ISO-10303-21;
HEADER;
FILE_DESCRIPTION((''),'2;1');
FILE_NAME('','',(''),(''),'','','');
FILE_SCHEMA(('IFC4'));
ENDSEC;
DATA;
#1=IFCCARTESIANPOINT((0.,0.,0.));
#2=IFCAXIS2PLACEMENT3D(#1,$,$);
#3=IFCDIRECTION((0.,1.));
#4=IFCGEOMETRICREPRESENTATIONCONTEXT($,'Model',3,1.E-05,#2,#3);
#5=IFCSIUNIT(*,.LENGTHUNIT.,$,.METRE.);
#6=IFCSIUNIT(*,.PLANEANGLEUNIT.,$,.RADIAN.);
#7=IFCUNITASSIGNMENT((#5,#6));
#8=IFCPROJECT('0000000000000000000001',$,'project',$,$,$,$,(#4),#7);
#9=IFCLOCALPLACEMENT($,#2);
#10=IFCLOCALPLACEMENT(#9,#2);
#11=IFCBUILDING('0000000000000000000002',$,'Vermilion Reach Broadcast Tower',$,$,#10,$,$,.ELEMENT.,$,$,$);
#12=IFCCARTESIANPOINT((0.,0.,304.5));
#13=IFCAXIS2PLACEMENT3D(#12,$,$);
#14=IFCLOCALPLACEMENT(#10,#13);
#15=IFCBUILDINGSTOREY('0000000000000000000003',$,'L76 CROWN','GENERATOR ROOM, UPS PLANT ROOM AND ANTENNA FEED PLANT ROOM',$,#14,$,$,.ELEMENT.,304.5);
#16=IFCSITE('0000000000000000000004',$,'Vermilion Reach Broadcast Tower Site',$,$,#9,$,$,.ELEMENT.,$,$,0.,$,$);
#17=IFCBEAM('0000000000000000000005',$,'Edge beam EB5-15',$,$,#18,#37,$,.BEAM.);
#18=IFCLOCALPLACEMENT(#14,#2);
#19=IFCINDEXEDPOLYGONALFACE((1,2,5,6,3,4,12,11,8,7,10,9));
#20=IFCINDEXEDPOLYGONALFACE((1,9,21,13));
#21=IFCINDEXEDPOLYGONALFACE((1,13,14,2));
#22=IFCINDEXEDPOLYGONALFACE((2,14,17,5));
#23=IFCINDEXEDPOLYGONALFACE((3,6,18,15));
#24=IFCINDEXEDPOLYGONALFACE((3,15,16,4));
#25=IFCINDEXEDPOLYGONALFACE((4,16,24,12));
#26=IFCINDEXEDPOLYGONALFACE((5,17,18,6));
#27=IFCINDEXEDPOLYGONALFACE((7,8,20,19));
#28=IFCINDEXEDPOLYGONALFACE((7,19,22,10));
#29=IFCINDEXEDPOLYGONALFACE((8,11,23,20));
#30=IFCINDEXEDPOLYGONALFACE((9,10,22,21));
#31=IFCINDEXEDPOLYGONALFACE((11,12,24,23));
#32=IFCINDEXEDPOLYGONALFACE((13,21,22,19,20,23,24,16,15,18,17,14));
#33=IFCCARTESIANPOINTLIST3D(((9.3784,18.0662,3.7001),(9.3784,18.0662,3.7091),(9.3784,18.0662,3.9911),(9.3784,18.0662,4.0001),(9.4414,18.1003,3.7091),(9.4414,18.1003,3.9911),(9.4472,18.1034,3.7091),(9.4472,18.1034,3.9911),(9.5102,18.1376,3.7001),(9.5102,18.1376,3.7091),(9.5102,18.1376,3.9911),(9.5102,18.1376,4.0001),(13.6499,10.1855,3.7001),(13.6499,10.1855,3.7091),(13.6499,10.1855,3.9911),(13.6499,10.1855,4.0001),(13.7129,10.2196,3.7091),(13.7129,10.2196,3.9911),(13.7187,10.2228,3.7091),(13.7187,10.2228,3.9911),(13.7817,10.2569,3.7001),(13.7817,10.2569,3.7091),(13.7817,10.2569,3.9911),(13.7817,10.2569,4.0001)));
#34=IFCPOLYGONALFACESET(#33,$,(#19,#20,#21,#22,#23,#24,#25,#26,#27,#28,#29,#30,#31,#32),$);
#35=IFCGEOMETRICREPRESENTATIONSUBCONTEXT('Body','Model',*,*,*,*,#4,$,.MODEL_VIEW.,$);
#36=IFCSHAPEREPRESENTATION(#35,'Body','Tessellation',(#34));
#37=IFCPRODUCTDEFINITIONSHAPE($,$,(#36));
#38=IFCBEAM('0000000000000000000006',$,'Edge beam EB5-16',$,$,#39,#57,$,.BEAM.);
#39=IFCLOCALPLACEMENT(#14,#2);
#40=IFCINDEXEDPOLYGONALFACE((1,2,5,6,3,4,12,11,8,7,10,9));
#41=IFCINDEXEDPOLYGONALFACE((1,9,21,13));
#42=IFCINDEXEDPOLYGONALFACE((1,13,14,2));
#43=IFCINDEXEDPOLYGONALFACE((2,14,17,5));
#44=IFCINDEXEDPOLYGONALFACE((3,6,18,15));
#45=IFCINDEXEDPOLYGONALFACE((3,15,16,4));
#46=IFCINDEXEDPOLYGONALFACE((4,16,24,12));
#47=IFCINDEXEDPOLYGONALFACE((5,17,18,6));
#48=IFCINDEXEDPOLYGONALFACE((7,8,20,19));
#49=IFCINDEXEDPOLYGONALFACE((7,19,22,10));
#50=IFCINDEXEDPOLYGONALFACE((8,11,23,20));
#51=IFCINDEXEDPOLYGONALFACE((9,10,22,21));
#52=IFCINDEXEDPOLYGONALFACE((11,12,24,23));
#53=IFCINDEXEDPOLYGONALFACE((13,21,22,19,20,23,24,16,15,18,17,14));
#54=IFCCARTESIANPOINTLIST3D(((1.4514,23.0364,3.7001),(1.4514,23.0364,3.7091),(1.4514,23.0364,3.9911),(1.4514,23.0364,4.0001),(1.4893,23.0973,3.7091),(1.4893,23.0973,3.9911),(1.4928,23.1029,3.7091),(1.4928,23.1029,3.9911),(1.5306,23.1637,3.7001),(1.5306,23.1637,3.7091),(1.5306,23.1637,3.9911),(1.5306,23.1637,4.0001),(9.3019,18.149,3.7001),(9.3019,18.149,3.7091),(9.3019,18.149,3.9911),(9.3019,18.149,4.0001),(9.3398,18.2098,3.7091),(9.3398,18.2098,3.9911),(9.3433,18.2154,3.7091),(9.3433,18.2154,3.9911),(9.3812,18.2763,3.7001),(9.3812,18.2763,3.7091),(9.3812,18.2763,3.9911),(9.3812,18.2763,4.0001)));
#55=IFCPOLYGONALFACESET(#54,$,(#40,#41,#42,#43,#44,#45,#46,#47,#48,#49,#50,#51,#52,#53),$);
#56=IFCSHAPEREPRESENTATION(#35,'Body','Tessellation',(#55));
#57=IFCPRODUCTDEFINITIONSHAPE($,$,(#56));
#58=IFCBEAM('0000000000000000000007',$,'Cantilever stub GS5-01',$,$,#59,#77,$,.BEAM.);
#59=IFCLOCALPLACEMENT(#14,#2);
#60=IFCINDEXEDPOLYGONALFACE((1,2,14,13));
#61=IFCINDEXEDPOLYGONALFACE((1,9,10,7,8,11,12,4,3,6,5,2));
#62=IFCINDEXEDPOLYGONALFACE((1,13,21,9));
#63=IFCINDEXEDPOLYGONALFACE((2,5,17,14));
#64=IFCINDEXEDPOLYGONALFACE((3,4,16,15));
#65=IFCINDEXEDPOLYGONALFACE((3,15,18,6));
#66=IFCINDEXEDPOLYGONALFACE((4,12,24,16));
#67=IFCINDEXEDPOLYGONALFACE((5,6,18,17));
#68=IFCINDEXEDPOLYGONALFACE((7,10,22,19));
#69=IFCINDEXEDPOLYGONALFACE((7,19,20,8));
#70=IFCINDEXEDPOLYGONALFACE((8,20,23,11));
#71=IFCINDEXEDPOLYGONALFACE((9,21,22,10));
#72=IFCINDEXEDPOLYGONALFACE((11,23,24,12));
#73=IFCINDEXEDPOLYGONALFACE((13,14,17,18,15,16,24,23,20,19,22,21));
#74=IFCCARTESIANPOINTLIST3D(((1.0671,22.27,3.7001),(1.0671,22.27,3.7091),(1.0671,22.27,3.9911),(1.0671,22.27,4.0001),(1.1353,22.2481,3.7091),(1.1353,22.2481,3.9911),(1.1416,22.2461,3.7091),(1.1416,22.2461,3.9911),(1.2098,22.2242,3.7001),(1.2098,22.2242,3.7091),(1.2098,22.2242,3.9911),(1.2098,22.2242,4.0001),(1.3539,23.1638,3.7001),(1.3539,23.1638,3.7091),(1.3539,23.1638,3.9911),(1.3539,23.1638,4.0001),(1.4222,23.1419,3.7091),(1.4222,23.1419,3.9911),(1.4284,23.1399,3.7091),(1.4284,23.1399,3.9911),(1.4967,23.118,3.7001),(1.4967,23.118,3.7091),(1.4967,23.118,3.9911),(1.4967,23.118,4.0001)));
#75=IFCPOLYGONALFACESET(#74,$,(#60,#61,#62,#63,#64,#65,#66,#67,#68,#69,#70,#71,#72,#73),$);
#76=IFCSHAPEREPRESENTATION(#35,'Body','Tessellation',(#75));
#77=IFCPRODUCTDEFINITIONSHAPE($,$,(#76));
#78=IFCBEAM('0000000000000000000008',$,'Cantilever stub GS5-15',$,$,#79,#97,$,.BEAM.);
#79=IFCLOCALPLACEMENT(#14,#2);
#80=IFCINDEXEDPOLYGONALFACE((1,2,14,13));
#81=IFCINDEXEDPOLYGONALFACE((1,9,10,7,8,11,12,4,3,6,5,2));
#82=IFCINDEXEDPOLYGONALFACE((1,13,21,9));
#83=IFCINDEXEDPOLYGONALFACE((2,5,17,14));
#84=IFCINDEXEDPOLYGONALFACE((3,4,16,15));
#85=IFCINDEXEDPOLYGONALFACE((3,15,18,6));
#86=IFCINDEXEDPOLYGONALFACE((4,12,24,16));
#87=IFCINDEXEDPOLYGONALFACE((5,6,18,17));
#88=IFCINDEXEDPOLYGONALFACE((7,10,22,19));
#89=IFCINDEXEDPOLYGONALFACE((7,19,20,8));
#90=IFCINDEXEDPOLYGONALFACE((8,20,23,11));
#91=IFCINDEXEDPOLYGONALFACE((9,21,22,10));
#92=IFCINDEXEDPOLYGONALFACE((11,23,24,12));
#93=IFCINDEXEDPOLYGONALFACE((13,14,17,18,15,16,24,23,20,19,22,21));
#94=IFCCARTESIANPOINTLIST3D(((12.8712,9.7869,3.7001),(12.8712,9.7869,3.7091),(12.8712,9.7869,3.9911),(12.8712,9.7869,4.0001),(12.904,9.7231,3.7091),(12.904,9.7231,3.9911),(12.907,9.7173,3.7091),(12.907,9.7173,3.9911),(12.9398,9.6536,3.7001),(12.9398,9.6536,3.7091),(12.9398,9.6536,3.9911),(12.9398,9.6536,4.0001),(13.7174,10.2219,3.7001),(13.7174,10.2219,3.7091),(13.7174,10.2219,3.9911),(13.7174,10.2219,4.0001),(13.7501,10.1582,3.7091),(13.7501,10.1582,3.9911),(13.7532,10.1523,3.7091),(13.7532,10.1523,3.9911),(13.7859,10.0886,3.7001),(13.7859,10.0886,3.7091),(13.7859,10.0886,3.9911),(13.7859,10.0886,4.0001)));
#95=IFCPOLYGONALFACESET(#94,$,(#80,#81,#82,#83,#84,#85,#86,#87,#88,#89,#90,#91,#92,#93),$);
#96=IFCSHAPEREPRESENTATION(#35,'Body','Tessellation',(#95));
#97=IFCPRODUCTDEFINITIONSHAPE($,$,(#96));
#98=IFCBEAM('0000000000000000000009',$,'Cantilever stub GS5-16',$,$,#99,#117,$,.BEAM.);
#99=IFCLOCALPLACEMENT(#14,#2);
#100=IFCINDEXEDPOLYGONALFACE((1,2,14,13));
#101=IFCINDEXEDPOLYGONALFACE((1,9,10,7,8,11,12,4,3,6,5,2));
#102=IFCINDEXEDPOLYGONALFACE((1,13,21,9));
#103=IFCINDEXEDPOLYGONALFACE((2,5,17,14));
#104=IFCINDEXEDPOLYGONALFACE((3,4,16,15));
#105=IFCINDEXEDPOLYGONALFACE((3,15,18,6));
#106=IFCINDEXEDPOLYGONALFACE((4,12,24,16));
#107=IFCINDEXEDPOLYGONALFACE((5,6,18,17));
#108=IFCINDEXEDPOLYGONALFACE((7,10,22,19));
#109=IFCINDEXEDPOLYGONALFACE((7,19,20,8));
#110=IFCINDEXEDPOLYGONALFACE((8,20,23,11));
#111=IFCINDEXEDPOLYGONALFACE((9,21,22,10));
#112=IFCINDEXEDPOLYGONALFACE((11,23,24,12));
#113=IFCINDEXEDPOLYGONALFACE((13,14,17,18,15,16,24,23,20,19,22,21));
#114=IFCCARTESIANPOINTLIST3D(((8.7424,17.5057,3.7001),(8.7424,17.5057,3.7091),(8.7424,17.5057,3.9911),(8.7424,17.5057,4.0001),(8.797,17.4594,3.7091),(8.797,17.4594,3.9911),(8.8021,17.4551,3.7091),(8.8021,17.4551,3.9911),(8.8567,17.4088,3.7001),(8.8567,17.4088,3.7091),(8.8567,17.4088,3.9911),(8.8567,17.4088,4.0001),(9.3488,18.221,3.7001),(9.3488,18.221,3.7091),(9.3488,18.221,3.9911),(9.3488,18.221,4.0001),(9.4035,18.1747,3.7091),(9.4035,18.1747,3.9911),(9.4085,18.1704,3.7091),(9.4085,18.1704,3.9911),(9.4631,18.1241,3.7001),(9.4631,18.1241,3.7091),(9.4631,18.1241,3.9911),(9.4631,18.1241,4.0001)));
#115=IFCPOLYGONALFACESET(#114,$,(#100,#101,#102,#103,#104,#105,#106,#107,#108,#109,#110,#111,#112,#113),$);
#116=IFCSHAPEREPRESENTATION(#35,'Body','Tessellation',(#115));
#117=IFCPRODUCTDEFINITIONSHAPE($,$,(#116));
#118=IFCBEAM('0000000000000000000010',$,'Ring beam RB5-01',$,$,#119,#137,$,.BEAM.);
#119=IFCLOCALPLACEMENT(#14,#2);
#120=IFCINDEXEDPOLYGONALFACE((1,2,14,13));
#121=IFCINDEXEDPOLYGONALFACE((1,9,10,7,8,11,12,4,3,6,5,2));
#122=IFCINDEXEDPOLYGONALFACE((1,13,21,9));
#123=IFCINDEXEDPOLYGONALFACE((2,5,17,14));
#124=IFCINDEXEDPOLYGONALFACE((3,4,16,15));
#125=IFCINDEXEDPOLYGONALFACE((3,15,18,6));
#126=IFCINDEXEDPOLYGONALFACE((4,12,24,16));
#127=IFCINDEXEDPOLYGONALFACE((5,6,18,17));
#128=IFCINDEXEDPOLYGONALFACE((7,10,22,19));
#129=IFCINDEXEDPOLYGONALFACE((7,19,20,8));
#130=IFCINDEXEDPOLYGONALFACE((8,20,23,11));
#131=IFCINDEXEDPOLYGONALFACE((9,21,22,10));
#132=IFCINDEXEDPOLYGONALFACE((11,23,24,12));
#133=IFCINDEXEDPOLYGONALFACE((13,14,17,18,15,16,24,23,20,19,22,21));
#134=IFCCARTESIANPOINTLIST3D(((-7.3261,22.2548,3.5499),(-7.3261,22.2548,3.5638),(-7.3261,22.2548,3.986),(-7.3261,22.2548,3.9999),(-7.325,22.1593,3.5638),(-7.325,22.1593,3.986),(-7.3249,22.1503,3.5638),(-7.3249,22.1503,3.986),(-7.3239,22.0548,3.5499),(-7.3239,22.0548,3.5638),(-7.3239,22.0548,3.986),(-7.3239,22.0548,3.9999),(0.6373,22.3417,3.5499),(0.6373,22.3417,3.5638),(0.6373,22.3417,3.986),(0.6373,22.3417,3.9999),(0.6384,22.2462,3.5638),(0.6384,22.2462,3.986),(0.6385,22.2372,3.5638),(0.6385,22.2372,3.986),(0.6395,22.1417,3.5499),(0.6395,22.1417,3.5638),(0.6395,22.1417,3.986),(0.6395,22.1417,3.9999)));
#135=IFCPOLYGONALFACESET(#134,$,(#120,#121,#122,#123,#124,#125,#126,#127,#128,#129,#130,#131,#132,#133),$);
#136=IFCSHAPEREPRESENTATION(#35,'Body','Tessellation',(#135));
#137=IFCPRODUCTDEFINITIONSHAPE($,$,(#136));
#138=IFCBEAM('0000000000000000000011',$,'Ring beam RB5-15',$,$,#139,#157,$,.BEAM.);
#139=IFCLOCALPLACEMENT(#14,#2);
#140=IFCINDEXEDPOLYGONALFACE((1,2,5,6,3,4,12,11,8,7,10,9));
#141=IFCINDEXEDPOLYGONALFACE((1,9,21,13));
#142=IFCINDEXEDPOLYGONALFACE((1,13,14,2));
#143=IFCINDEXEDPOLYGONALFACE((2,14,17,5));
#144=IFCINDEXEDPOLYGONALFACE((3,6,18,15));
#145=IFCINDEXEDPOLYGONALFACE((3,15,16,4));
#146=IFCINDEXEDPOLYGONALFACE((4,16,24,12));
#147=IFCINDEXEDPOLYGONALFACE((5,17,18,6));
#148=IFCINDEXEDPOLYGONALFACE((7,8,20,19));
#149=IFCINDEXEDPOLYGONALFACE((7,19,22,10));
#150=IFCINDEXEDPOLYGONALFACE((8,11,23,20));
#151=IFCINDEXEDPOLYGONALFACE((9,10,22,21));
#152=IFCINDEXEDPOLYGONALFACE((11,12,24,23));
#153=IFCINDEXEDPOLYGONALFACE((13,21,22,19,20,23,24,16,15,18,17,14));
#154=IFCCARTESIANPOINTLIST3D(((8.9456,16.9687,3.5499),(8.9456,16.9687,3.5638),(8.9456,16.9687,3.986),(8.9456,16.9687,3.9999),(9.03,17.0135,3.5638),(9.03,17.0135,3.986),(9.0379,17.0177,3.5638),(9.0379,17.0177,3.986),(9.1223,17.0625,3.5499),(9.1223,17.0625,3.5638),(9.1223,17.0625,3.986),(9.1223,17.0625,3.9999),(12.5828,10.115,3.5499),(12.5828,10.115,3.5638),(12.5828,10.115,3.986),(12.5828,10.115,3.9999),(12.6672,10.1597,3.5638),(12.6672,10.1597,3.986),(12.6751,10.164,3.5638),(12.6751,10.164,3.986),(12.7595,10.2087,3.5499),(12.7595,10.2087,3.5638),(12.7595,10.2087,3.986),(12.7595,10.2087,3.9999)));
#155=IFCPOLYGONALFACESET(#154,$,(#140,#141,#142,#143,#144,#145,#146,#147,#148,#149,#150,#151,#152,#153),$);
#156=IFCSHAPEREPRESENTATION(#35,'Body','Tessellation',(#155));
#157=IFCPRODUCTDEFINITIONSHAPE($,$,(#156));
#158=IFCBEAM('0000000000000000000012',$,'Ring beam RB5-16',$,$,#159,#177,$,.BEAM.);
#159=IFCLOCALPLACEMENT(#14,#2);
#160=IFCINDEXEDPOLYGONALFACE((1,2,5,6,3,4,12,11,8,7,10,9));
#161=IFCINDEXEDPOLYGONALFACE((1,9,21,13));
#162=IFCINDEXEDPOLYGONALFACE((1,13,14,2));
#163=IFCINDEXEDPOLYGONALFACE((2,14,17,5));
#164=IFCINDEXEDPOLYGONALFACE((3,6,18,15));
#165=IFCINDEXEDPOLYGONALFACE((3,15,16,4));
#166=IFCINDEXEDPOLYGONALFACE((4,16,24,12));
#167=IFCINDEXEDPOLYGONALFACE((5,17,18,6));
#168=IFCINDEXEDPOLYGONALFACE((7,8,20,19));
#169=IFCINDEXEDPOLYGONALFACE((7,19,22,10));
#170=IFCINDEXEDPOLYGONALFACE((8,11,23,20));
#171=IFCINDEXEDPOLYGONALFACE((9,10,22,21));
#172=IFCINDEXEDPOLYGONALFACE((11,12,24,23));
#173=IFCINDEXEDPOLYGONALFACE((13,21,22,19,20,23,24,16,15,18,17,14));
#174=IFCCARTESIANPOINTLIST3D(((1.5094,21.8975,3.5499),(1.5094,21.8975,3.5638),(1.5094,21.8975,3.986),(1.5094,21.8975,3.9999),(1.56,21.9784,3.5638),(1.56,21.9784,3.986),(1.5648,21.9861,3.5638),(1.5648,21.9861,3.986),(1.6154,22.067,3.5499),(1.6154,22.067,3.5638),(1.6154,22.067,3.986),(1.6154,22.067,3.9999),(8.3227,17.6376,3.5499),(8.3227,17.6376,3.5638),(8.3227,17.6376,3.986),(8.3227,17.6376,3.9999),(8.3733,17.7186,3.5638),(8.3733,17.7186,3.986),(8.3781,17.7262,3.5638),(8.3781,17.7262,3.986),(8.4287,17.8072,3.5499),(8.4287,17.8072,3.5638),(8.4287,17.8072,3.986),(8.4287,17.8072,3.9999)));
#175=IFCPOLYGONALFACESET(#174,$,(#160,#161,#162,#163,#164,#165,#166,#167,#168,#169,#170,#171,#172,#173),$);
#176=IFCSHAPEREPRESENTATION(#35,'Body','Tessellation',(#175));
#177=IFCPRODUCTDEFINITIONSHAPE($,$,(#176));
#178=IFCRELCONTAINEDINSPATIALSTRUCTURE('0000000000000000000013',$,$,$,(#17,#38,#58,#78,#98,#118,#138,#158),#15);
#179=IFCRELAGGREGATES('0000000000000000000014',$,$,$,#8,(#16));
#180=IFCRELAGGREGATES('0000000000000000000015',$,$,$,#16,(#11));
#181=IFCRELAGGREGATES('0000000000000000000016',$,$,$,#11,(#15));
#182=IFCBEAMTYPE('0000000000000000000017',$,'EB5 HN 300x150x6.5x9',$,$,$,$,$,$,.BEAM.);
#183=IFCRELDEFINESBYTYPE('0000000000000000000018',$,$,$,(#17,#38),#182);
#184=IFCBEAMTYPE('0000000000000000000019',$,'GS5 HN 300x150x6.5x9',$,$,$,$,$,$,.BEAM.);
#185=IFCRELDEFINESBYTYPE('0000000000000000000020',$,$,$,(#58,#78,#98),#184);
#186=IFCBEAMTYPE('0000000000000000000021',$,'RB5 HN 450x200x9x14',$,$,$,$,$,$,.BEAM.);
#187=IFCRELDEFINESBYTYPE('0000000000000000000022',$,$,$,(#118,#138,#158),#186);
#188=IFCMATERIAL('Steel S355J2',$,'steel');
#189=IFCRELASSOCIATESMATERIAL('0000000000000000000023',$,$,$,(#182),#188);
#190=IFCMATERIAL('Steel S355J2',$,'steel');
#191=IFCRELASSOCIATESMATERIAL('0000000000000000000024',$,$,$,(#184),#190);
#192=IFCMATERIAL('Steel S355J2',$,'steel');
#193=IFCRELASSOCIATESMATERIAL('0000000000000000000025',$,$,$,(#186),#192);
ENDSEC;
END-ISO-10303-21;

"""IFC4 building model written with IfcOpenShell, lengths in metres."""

from ifc_helpers import new_model, si_unit, direction, frame, origin, origin_2d, place, context, subcontext, project, spatial, i_section, extrude, material, material_profile, profile_set, type_object, element, save


model = new_model("IFC4")

# Units and contexts
model_context = context("Model", 3, precision=1e-05, world=origin(), true_north=direction((0.0, 1.0)))
body_context = subcontext(model_context, "Body", "Model", "MODEL_VIEW")
ifc_project = project(units=[si_unit("LENGTHUNIT", "METRE"), si_unit("PLANEANGLEUNIT", "RADIAN")], contexts=[model_context])

# Site, building, storey
site_placement = place(None, origin())
site = spatial("IfcSite", under=ifc_project, at=site_placement, Name="Vermilion Reach Broadcast Tower Site", CompositionType="ELEMENT", RefElevation=0.0)
building_placement = place(site_placement, origin())
building = spatial("IfcBuilding", under=site, at=building_placement, Name="Vermilion Reach Broadcast Tower", CompositionType="ELEMENT")
storey_placement = place(building_placement, frame((0.0, 0.0, 304.5)))
storey = spatial("IfcBuildingStorey", under=building, at=storey_placement, Name="L76 CROWN", Description="GENERATOR ROOM, UPS PLANT ROOM AND ANTENNA FEED PLANT ROOM", CompositionType="ELEMENT", Elevation=304.5)

# Beams
ifc_material_1 = material(Name="Steel S355J2", Category="steel")
ifc_material_profile_1 = material_profile(ifc_material_1, i_section(OverallWidth=0.1499, OverallDepth=0.3, WebThickness=0.0066, FlangeThickness=0.009, at=origin_2d()), Name="S355J2 HN 300x150x6.5x9")
ifc_profile_set_1 = profile_set([ifc_material_profile_1], Name="Steel S355J2")
beam_type_1 = type_object("IfcBeamType", Name="EB5 HN 300x150x6.5x9", PredefinedType="BEAM", material=ifc_profile_set_1)
beam_1_placement = place(storey_placement, frame((13.7158, 10.2212, 3.8501), z_axis=(-0.476526, 0.87916, 0.0), x_axis=(-0.87916, -0.476526, 0.0)))
element("IfcBeam", 1, at=beam_1_placement, inside=storey, type_object=beam_type_1, Name="Edge beam EB5-15", PredefinedType="BEAM", context=body_context, shape_type="SweptSolid", body=[
    extrude(i_section(OverallWidth=0.1499, OverallDepth=0.3, WebThickness=0.0066, FlangeThickness=0.009, at=origin_2d()), origin(), (0.0, 0.0, 1.0), 8.9639),
])
beam_2_placement = place(storey_placement, frame((9.3416, 18.2126, 3.8501), z_axis=(-0.848928, 0.528508, 0.0), x_axis=(-0.528508, -0.848928, 0.0)))
element("IfcBeam", 2, at=beam_2_placement, inside=storey, type_object=beam_type_1, Name="Edge beam EB5-16", PredefinedType="BEAM", context=body_context, shape_type="SweptSolid", body=[
    extrude(i_section(OverallWidth=0.1499, OverallDepth=0.3, WebThickness=0.0066, FlangeThickness=0.009, at=origin_2d()), origin(), (0.0, 0.0, 1.0), 9.2476),
])
ifc_material_2 = material(Name="Steel S355J2", Category="steel")
ifc_material_profile_2 = material_profile(ifc_material_2, i_section(OverallWidth=0.1499, OverallDepth=0.3, WebThickness=0.0066, FlangeThickness=0.009, at=origin_2d()), Name="S355J2 HN 300x150x6.5x9")
ifc_profile_set_2 = profile_set([ifc_material_profile_2], Name="Steel S355J2")
beam_type_2 = type_object("IfcBeamType", Name="GS5 HN 300x150x6.5x9", PredefinedType="BEAM", material=ifc_profile_set_2)
beam_3_placement = place(storey_placement, frame((1.1384, 22.2471, 3.8501), z_axis=(0.305597, 0.952161, 0.0), x_axis=(-0.952161, 0.305597, 0.0)))
element("IfcBeam", 3, at=beam_3_placement, inside=storey, type_object=beam_type_2, Name="Cantilever stub GS5-01", PredefinedType="BEAM", context=body_context, shape_type="SweptSolid", body=[
    extrude(i_section(OverallWidth=0.1499, OverallDepth=0.3, WebThickness=0.0066, FlangeThickness=0.009, at=origin_2d()), origin(), (0.0, 0.0, 1.0), 0.9387),
])
beam_4_placement = place(storey_placement, frame((12.9055, 9.7202, 3.8501), z_axis=(0.889341, 0.457244, 0.0), x_axis=(-0.457244, 0.889341, 0.0)))
element("IfcBeam", 4, at=beam_4_placement, inside=storey, type_object=beam_type_2, Name="Cantilever stub GS5-15", PredefinedType="BEAM", context=body_context, shape_type="SweptSolid", body=[
    extrude(i_section(OverallWidth=0.1499, OverallDepth=0.3, WebThickness=0.0066, FlangeThickness=0.009, at=origin_2d()), origin(), (0.0, 0.0, 1.0), 0.9514),
])
beam_5_placement = place(storey_placement, frame((8.7996, 17.4573, 3.8501), z_axis=(0.646665, 0.762774, 0.0), x_axis=(-0.762774, 0.646665, 0.0)))
element("IfcBeam", 5, at=beam_5_placement, inside=storey, type_object=beam_type_2, Name="Cantilever stub GS5-16", PredefinedType="BEAM", context=body_context, shape_type="SweptSolid", body=[
    extrude(i_section(OverallWidth=0.1499, OverallDepth=0.3, WebThickness=0.0066, FlangeThickness=0.009, at=origin_2d()), origin(), (0.0, 0.0, 1.0), 0.9377),
])
ifc_material_3 = material(Name="Steel S355J2", Category="steel")
ifc_material_profile_3 = material_profile(ifc_material_3, i_section(OverallWidth=0.2, OverallDepth=0.45, WebThickness=0.009, FlangeThickness=0.0139, at=origin_2d()), Name="S355J2 HN 450x200x9x14")
ifc_profile_set_3 = profile_set([ifc_material_profile_3], Name="Steel S355J2")
beam_type_3 = type_object("IfcBeamType", Name="RB5 HN 450x200x9x14", PredefinedType="BEAM", material=ifc_profile_set_3)
beam_6_placement = place(storey_placement, frame((0.6384, 22.2417, 3.7749), z_axis=(-0.99994, -0.010914, 0.0), x_axis=(0.010914, -0.99994, 0.0)))
element("IfcBeam", 6, at=beam_6_placement, inside=storey, type_object=beam_type_3, Name="Ring beam RB5-01", PredefinedType="BEAM", context=body_context, shape_type="SweptSolid", body=[
    extrude(i_section(OverallWidth=0.2, OverallDepth=0.45, WebThickness=0.009, FlangeThickness=0.0139, at=origin_2d()), origin(), (0.0, 0.0, 1.0), 7.9639),
])
beam_7_placement = place(storey_placement, frame((12.6711, 10.1619, 3.7749), z_axis=(-0.468768, 0.883321, 0.0), x_axis=(-0.883321, -0.468768, 0.0)))
element("IfcBeam", 7, at=beam_7_placement, inside=storey, type_object=beam_type_3, Name="Ring beam RB5-15", PredefinedType="BEAM", context=body_context, shape_type="SweptSolid", body=[
    extrude(i_section(OverallWidth=0.2, OverallDepth=0.45, WebThickness=0.009, FlangeThickness=0.0139, at=origin_2d()), origin(), (0.0, 0.0, 1.0), 7.759),
])
beam_8_placement = place(storey_placement, frame((8.3757, 17.7224, 3.7749), z_axis=(-0.847915, 0.530133, 0.0), x_axis=(-0.530133, -0.847915, 0.0)))
element("IfcBeam", 8, at=beam_8_placement, inside=storey, type_object=beam_type_3, Name="Ring beam RB5-16", PredefinedType="BEAM", context=body_context, shape_type="SweptSolid", body=[
    extrude(i_section(OverallWidth=0.2, OverallDepth=0.45, WebThickness=0.009, FlangeThickness=0.0139, at=origin_2d()), origin(), (0.0, 0.0, 1.0), 8.0354),
])

save(model, "model.ifc")
